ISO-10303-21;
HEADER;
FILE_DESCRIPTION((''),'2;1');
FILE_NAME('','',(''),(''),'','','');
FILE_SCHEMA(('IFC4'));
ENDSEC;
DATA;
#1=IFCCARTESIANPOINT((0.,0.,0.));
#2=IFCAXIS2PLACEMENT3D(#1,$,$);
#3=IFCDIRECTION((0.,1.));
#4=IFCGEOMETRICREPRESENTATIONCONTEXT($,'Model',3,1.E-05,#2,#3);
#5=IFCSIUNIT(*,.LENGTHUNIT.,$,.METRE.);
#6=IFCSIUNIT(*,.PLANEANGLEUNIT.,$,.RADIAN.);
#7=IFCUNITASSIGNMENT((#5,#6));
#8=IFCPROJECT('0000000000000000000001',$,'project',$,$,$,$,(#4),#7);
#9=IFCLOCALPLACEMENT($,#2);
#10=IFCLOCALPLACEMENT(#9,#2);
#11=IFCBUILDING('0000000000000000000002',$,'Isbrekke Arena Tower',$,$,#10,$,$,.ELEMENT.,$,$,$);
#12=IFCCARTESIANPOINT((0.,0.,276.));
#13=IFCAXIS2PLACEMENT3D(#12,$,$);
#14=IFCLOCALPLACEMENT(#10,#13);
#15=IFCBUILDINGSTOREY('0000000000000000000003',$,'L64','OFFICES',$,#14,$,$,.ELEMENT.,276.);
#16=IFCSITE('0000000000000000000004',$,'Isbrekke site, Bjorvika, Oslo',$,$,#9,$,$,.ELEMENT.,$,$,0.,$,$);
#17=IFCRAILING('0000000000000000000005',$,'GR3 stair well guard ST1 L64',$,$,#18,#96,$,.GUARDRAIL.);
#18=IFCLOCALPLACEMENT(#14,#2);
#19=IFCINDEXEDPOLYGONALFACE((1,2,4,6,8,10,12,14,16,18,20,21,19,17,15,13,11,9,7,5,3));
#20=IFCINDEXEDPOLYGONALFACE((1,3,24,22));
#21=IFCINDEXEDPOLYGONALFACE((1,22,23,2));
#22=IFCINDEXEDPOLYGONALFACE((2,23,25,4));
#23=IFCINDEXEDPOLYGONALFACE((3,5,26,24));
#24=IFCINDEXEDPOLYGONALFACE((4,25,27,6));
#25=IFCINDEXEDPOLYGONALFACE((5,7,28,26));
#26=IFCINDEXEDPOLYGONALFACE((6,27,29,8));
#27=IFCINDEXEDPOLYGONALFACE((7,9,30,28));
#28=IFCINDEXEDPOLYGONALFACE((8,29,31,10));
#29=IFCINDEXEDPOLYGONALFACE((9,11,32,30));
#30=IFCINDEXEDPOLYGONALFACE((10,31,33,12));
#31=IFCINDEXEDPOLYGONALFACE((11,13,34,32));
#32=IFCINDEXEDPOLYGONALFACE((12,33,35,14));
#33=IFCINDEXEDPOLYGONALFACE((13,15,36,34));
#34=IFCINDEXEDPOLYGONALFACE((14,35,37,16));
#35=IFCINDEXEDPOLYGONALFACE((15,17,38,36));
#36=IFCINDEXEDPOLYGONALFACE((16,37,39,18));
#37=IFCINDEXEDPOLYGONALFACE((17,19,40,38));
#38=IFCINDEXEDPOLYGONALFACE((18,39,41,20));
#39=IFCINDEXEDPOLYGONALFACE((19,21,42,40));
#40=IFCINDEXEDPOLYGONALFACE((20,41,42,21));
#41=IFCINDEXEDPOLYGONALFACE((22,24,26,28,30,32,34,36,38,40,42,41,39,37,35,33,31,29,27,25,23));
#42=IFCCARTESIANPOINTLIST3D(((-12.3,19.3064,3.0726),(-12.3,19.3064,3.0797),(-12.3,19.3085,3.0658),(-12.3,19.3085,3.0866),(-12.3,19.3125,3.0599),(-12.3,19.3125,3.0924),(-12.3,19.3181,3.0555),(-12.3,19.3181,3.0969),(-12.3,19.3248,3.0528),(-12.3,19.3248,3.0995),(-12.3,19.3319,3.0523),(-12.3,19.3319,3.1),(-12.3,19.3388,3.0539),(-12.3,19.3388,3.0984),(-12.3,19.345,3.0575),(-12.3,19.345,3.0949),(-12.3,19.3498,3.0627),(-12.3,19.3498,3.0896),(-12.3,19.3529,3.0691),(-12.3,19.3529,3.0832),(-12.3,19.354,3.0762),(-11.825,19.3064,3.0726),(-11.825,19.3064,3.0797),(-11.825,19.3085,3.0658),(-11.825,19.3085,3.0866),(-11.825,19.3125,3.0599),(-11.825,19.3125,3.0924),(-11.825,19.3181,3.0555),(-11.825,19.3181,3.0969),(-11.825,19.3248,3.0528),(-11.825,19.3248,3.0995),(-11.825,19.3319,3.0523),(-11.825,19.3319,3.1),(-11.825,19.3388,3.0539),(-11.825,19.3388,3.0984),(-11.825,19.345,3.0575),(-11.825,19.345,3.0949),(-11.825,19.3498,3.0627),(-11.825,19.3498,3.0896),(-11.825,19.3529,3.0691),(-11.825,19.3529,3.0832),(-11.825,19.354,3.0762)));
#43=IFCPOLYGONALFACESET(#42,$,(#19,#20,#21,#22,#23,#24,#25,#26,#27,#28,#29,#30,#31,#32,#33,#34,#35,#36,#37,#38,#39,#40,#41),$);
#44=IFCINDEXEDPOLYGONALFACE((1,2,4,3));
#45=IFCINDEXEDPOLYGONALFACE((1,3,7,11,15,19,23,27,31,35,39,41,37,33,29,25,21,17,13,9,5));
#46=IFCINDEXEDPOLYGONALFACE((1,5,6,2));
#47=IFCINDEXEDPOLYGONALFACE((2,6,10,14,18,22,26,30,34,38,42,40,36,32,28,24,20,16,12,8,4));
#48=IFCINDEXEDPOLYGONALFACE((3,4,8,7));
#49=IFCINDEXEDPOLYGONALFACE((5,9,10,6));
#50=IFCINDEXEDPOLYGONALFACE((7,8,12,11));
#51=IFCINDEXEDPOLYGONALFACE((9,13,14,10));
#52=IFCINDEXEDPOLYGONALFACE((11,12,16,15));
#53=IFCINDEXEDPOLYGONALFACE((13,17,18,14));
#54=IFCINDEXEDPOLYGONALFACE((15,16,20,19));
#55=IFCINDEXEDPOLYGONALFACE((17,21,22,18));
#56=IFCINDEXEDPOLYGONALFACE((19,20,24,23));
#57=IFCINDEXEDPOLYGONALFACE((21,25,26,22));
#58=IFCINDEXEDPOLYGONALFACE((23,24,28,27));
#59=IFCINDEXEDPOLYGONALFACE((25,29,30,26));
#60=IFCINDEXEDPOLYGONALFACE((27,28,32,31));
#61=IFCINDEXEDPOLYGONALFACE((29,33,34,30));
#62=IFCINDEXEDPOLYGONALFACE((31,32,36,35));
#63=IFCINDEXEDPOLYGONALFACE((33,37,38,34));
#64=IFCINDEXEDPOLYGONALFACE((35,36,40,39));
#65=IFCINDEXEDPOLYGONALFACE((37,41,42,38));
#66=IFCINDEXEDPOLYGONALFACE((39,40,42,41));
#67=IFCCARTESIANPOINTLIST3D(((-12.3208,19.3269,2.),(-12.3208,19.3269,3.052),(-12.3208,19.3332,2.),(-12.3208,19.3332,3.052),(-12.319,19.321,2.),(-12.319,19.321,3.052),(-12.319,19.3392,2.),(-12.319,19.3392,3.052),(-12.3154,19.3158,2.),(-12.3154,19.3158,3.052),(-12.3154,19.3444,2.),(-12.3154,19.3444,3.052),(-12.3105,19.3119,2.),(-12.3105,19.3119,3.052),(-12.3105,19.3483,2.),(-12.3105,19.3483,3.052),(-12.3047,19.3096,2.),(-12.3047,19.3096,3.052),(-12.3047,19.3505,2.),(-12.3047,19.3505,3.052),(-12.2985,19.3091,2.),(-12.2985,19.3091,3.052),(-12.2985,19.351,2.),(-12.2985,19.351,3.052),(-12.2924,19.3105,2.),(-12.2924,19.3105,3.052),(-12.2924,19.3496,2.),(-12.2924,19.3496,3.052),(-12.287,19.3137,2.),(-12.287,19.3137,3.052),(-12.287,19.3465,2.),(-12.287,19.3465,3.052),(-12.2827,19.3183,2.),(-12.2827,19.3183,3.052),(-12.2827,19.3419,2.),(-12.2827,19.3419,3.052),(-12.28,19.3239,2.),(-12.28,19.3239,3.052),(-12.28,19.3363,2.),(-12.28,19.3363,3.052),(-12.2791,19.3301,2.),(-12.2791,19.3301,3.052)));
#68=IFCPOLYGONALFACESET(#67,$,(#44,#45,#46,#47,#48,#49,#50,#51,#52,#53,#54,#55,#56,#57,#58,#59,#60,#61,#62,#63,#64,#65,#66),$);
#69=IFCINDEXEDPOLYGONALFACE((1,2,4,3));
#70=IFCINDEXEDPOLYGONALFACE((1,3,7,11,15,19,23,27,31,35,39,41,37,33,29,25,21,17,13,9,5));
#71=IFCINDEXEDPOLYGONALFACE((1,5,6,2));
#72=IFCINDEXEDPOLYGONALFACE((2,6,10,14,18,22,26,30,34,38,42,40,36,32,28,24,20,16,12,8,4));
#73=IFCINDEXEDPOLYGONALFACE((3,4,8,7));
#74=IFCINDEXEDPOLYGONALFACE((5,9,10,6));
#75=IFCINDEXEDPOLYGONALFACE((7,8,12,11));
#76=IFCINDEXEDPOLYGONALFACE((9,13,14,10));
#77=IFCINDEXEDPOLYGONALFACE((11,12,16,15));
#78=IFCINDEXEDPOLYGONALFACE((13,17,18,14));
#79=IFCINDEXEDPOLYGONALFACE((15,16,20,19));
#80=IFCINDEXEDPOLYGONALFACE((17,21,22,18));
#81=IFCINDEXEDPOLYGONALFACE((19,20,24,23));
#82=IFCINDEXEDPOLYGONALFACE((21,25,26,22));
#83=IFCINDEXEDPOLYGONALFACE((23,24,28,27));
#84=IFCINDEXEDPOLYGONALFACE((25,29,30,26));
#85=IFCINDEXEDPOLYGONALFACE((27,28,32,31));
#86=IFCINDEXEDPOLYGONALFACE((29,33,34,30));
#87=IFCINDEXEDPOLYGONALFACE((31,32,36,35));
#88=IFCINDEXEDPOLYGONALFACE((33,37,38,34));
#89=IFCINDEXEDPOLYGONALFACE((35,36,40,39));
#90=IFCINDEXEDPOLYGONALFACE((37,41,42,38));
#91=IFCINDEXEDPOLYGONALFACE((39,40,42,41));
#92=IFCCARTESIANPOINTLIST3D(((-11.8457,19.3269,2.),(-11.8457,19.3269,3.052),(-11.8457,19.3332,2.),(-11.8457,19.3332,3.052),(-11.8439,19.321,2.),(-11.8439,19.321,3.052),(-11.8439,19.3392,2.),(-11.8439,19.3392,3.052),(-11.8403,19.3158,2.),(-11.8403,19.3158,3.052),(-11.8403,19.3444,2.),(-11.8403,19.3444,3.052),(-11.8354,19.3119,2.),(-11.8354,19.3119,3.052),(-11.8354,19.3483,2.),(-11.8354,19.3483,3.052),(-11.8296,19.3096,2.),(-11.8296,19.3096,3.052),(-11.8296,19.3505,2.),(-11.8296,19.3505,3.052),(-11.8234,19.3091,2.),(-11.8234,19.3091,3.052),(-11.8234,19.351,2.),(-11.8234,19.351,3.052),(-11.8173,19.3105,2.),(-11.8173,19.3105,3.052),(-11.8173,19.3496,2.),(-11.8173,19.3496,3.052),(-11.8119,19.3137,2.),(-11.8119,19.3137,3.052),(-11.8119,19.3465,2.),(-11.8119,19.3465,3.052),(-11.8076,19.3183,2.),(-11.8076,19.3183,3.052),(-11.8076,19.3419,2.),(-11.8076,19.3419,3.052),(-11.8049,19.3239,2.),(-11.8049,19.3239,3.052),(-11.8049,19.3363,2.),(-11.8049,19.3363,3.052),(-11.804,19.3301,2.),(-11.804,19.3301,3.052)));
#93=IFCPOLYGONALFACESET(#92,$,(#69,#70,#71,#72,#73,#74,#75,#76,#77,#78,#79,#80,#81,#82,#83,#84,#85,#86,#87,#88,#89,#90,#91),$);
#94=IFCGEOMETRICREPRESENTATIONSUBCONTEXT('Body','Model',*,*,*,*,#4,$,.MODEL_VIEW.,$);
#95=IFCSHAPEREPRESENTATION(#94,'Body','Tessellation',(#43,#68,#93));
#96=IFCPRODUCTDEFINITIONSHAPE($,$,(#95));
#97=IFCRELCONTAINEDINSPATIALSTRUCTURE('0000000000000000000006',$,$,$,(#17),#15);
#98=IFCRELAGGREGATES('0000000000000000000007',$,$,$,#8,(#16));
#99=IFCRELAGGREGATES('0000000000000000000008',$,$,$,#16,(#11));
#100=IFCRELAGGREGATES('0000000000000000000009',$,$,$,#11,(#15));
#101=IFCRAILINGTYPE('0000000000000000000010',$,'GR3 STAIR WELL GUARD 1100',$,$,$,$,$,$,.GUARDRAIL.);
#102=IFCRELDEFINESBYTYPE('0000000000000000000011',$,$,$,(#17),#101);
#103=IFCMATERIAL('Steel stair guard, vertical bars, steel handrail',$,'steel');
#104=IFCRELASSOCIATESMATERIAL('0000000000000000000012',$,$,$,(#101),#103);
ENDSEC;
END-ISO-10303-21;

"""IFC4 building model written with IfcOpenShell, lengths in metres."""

from ifc_helpers import new_model, si_unit, direction, frame, origin, origin_2d, place, context, subcontext, project, spatial, circle, extrude, material, type_object, element, save


model = new_model("IFC4")

# Units and contexts
model_context = context("Model", 3, precision=1e-05, world=origin(), true_north=direction((0.0, 1.0)))
body_context = subcontext(model_context, "Body", "Model", "MODEL_VIEW")
ifc_project = project(units=[si_unit("LENGTHUNIT", "METRE"), si_unit("PLANEANGLEUNIT", "RADIAN")], contexts=[model_context])

# Site, building, storey
site_placement = place(None, origin())
site = spatial("IfcSite", under=ifc_project, at=site_placement, Name="Isbrekke site, Bjorvika, Oslo", CompositionType="ELEMENT", RefElevation=0.0)
building_placement = place(site_placement, origin())
building = spatial("IfcBuilding", under=site, at=building_placement, Name="Isbrekke Arena Tower", CompositionType="ELEMENT")
storey_placement = place(building_placement, frame((0.0, 0.0, 276.0)))
storey = spatial("IfcBuildingStorey", under=building, at=storey_placement, Name="L64", Description="OFFICES", CompositionType="ELEMENT", Elevation=276.0)

# Railing
ifc_material_1 = material(Name="Steel stair guard, vertical bars, steel handrail", Category="steel")
railing_type = type_object("IfcRailingType", Name="GR3 STAIR WELL GUARD 1100", PredefinedType="GUARDRAIL", material=ifc_material_1)
for number, where, name in (
    (1, (-12.3, 19.3301, 2.0), "GR3 stair well guard ST1 L64"),
):
    element("IfcRailing", number, at=place(storey_placement, frame(where)), inside=storey, type_object=railing_type, Name=name, PredefinedType="GUARDRAIL", context=body_context, shape_type="SweptSolid", body=[
        extrude(circle(Radius=0.0239, at=origin_2d()), frame((0.0, 0.0, 1.0762), z_axis=(1.0, 0.0, 0.0), x_axis=(0.0, 1.0, 0.0)), (0.0, 0.0, 1.0), 0.4751),
        extrude(circle(Radius=0.021, at=origin_2d()), origin(), (0.0, 0.0, 1.0), 1.052),
        extrude(circle(Radius=0.021, at=origin_2d()), frame((0.4751, 0.0, 0.0)), (0.0, 0.0, 1.0), 1.052),
    ])

save(model, "model.ifc")
